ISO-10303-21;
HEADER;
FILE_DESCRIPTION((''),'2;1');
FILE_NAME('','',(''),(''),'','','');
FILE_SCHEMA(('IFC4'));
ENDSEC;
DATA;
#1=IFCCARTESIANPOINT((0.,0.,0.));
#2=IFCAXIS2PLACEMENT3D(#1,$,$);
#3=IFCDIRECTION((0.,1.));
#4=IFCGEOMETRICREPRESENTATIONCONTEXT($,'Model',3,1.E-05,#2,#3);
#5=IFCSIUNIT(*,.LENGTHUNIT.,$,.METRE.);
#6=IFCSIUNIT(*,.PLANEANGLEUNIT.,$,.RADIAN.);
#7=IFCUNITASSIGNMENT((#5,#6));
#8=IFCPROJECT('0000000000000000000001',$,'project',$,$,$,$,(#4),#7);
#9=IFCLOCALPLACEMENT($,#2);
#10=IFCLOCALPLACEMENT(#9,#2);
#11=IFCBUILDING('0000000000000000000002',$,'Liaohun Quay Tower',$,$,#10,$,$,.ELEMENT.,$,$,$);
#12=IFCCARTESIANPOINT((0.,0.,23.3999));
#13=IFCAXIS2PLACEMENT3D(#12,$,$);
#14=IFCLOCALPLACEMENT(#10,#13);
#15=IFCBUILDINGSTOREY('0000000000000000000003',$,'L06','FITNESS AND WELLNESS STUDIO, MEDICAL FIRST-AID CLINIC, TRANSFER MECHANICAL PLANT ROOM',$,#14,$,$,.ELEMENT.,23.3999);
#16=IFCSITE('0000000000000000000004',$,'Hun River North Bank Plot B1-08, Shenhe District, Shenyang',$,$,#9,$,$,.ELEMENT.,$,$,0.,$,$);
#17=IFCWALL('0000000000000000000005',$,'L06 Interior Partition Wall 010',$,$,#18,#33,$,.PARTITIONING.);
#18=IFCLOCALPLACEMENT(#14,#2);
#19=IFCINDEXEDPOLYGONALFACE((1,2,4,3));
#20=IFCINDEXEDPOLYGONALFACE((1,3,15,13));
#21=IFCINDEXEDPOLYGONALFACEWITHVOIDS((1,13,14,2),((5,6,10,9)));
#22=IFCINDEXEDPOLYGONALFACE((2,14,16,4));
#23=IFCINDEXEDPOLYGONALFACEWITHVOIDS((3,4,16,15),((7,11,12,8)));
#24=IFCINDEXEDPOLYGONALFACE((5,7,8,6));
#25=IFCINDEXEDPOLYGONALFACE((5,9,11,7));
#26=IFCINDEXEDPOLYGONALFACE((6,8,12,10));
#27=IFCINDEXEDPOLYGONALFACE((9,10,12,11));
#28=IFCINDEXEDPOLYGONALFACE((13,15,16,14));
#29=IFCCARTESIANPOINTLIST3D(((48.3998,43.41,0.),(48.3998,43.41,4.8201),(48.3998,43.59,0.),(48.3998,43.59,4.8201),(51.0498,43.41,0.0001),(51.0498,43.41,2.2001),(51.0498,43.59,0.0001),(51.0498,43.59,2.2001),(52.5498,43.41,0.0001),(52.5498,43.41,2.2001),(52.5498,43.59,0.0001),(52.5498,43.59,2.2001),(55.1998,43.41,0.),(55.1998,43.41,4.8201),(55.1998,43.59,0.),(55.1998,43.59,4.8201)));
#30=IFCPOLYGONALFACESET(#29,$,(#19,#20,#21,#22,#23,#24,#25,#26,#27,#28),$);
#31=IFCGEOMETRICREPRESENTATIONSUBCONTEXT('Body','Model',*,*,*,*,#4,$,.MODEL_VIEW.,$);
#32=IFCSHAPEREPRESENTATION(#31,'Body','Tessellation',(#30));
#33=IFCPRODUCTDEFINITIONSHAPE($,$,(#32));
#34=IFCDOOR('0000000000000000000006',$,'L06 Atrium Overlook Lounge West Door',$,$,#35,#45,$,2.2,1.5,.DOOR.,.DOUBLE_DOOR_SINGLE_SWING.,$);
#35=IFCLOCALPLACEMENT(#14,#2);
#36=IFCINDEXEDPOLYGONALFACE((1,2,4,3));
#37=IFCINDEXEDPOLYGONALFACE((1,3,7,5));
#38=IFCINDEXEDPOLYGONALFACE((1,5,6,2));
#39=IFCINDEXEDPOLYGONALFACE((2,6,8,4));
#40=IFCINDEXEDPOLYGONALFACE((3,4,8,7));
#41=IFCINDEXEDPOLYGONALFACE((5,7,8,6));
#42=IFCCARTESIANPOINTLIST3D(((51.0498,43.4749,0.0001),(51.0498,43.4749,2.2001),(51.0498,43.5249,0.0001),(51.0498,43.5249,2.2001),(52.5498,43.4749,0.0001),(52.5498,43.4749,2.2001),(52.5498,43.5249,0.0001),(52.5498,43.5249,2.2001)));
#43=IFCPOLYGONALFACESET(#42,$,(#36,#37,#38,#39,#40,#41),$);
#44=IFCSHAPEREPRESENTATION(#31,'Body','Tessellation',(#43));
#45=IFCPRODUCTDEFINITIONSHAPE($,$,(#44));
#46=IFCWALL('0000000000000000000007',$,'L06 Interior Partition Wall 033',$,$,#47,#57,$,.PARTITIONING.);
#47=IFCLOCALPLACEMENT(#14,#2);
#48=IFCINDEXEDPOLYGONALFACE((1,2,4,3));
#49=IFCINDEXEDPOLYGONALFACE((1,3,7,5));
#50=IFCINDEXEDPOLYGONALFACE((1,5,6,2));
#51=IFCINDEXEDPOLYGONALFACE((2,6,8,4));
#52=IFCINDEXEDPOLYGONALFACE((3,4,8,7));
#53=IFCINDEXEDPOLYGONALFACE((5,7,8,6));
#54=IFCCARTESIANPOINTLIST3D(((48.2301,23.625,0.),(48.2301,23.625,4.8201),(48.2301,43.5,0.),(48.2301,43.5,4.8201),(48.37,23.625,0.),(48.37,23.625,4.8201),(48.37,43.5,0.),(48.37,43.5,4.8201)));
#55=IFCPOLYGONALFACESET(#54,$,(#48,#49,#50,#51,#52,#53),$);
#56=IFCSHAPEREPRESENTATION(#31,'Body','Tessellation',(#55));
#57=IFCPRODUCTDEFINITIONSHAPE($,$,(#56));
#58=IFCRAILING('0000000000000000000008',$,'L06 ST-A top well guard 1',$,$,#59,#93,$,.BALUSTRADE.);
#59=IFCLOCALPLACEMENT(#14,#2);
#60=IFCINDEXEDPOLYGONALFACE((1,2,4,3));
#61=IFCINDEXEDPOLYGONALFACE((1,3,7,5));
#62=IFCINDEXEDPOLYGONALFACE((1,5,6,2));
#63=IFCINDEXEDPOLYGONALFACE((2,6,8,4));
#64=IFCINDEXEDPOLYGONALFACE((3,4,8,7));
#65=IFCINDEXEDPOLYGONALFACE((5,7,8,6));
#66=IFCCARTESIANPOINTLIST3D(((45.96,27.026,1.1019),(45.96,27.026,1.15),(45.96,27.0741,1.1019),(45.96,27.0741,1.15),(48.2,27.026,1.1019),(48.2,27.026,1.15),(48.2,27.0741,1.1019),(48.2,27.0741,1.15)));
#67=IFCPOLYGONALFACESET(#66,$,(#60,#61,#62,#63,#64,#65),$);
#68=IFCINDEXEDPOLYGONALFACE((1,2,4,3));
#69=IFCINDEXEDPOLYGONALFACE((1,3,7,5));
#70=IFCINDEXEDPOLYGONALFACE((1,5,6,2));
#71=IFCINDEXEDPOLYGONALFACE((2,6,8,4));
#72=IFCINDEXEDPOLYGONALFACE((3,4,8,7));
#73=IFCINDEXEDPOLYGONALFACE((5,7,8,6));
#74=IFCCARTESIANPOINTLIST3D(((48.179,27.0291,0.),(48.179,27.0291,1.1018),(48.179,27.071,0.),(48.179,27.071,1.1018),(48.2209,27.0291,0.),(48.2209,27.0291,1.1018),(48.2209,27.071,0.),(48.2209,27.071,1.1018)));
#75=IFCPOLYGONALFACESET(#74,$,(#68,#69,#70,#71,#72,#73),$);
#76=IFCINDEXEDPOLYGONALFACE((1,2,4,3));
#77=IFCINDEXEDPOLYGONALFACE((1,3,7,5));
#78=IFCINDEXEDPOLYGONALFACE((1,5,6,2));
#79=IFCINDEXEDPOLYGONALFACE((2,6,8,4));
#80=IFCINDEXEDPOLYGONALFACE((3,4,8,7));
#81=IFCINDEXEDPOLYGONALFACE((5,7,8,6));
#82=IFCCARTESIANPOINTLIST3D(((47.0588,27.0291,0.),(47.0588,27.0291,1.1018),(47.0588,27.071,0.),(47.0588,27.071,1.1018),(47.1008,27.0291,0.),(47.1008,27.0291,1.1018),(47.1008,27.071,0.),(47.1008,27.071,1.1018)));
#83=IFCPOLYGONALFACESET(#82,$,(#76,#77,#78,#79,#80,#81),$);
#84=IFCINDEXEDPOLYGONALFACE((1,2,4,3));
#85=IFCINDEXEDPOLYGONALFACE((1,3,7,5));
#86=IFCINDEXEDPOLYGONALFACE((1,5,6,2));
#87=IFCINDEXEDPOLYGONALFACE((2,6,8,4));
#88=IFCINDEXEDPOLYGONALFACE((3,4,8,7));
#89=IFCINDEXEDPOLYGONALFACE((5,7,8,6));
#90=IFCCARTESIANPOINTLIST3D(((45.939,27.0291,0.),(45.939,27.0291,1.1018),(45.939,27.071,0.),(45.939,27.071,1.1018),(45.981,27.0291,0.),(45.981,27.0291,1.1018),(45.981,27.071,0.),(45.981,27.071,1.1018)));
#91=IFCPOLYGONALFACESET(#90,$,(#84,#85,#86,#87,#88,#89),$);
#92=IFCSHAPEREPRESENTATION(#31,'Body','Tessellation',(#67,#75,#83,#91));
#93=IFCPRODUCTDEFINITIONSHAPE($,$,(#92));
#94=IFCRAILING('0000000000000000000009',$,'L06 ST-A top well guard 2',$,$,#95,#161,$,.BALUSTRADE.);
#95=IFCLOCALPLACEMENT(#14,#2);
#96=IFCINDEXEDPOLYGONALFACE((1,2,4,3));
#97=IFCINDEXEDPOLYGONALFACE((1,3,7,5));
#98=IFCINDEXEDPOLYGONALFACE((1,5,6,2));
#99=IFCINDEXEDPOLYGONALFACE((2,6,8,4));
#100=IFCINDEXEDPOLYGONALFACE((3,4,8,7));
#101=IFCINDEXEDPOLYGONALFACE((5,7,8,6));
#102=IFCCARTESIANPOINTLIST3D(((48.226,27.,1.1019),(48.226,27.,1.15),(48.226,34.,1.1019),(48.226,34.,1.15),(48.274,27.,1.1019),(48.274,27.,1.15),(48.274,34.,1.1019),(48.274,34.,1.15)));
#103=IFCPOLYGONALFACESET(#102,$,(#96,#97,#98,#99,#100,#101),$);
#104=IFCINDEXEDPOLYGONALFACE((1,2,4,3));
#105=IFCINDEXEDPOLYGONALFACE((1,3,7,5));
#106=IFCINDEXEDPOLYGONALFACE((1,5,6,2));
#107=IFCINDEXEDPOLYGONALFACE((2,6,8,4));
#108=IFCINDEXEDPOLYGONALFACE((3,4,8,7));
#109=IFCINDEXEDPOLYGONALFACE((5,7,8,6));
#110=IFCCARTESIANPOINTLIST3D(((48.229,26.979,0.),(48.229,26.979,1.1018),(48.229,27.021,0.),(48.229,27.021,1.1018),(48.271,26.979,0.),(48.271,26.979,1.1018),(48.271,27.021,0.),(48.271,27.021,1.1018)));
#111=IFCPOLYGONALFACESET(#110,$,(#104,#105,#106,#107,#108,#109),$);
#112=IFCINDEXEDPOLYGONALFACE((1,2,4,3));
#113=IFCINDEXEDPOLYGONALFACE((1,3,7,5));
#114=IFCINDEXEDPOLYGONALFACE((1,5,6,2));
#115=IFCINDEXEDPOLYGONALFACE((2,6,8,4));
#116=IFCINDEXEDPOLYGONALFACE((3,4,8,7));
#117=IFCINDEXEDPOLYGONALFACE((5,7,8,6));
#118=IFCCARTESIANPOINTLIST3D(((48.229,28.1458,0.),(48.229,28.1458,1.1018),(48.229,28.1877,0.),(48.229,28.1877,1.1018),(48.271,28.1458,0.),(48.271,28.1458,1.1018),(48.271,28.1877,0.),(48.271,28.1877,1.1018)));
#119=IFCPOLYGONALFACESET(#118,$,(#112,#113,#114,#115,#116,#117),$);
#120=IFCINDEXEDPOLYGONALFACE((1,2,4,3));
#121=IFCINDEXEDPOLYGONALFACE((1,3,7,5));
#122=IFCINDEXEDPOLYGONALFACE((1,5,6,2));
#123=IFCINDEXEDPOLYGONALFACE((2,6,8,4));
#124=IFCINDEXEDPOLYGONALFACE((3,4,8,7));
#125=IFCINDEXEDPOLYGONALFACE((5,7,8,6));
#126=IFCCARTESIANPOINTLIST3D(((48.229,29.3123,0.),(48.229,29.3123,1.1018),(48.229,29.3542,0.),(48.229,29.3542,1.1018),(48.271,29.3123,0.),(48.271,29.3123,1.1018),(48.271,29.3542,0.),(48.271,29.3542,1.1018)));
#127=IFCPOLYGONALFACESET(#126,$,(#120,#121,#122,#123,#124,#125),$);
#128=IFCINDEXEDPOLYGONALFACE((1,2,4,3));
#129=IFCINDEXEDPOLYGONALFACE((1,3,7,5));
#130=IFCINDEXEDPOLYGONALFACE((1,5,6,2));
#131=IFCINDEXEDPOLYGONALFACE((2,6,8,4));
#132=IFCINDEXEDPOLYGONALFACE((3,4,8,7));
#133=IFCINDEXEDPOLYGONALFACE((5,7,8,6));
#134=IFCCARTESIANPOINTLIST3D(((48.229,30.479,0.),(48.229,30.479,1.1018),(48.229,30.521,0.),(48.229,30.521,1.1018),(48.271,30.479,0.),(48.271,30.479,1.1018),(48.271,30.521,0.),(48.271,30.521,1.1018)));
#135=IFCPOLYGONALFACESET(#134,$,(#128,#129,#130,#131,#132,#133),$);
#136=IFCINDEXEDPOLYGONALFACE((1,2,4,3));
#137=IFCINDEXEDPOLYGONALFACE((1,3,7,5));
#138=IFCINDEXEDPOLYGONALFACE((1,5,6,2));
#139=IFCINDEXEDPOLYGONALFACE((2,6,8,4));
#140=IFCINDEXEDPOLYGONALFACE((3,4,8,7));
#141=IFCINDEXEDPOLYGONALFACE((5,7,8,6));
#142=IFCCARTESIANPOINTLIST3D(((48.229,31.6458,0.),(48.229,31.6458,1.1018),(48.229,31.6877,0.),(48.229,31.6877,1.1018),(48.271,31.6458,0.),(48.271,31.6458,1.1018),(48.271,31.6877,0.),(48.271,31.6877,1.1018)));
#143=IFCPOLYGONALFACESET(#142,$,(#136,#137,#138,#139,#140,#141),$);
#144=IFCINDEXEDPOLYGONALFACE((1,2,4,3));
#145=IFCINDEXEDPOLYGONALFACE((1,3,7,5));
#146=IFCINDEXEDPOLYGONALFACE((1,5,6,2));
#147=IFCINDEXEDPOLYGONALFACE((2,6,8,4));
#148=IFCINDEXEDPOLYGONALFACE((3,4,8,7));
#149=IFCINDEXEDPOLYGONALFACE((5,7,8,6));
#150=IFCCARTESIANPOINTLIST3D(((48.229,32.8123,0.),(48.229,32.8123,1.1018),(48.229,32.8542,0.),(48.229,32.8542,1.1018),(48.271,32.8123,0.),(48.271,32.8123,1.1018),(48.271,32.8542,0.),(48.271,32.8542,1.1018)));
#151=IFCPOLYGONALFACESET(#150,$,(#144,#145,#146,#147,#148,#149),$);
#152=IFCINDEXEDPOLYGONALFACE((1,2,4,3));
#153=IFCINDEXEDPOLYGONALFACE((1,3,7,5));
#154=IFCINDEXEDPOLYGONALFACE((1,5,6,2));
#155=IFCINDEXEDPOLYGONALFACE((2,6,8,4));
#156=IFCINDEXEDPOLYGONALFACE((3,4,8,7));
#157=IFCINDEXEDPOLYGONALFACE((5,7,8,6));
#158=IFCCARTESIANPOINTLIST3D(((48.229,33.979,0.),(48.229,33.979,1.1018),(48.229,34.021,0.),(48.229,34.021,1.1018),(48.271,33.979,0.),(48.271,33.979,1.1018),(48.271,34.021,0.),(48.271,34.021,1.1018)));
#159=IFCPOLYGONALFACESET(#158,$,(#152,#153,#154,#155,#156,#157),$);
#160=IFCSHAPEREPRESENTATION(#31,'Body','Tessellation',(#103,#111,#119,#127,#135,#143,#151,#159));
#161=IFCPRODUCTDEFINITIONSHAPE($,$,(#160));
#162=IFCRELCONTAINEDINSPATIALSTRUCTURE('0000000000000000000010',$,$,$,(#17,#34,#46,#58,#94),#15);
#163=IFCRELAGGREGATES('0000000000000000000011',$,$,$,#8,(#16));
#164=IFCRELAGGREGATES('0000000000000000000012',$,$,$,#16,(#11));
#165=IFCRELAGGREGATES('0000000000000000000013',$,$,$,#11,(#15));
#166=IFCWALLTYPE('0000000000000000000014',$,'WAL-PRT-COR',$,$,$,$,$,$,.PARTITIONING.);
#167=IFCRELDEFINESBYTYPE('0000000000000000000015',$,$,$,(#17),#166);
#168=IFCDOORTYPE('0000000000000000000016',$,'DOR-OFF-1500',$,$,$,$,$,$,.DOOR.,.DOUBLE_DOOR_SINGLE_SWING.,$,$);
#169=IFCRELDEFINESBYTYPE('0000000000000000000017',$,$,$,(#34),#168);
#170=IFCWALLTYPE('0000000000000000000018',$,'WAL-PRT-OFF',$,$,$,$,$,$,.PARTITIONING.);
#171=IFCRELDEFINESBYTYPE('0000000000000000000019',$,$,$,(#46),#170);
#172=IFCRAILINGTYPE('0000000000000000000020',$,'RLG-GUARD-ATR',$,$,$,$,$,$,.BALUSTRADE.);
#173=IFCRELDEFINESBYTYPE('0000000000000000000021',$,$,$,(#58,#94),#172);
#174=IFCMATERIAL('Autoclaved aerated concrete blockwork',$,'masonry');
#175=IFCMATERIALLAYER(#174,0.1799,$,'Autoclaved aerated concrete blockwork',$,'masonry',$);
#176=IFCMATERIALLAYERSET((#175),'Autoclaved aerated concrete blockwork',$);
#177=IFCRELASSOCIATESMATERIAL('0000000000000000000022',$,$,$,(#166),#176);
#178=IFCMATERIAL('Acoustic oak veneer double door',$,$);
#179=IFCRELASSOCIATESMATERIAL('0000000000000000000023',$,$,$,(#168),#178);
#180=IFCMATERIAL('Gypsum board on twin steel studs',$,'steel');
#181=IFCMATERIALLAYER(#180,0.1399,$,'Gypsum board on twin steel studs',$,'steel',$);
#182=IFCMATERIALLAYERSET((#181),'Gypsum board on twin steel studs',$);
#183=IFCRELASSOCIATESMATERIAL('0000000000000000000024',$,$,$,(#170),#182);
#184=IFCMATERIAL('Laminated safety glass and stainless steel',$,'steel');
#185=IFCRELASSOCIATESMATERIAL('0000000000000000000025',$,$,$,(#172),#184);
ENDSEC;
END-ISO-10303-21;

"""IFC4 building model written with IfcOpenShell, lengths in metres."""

from ifc_helpers import new_model, si_unit, direction, frame, frame_2d, origin, origin_2d, place, context, subcontext, project, spatial, rectangle, extrude, source, transform, mapped, material, layer, layer_set, type_object, element, fill, save


model = new_model("IFC4")

# Units and contexts
model_context = context("Model", 3, precision=1e-05, world=origin(), true_north=direction((0.0, 1.0)))
body_context = subcontext(model_context, "Body", "Model", "MODEL_VIEW")
ifc_project = project(units=[si_unit("LENGTHUNIT", "METRE"), si_unit("PLANEANGLEUNIT", "RADIAN")], contexts=[model_context])

# Site, building, storey
site_placement = place(None, origin())
site = spatial("IfcSite", under=ifc_project, at=site_placement, Name="Hun River North Bank Plot B1-08, Shenhe District, Shenyang", CompositionType="ELEMENT", RefElevation=0.0)
building_placement = place(site_placement, origin())
building = spatial("IfcBuilding", under=site, at=building_placement, Name="Liaohun Quay Tower", CompositionType="ELEMENT")
storey_placement = place(building_placement, frame((0.0, 0.0, 23.3999)))
storey = spatial("IfcBuildingStorey", under=building, at=storey_placement, Name="L06", Description="FITNESS AND WELLNESS STUDIO, MEDICAL FIRST-AID CLINIC, TRANSFER MECHANICAL PLANT ROOM", CompositionType="ELEMENT", Elevation=23.3999)

# Wall, opening, door
ifc_material_1 = material(Name="Autoclaved aerated concrete blockwork", Category="masonry")
ifc_layer_1 = layer(ifc_material_1, 0.1799, Name="Autoclaved aerated concrete blockwork", Category="masonry")
ifc_layer_set_1 = layer_set([ifc_layer_1], Name="Autoclaved aerated concrete blockwork")
wall_type_1 = type_object("IfcWallType", Name="WAL-PRT-COR", PredefinedType="PARTITIONING", material=ifc_layer_set_1)
wall_1_placement = place(storey_placement, frame((48.3999, 43.5, 0.0), z_axis=(0.0, 0.0, 1.0), x_axis=(1.0, 0.0, 0.0)))
wall_1 = element("IfcWall", 1, at=wall_1_placement, inside=storey, type_object=wall_type_1, Name="L06 Interior Partition Wall 010", PredefinedType="PARTITIONING", context=body_context, shape_type="SweptSolid", body=[
    extrude(rectangle(XDim=6.8, YDim=0.1799, at=frame_2d((3.3999, 0.0))), origin(), (0.0, 0.0, 1.0), 4.8201),
])
shared_shape_1 = source(origin(), body_context, "Body", "SweptSolid", [
    extrude(rectangle(XDim=1.5, YDim=2.2, at=frame_2d((0.75, 1.1001))), frame((0.0, 0.0999, 0.0), z_axis=(0.0, -1.0, 0.0), x_axis=(1.0, 0.0, 0.0)), (0.0, 0.0, 1.0), 0.2),
])
opening_placement = place(wall_1_placement, frame((2.6499, 0.0, 0.0)))
opening = element("IfcOpeningElement", 2, at=opening_placement, cuts=wall_1, PredefinedType="OPENING", context=body_context, shape_type="MappedRepresentation", body=[
    mapped(shared_shape_1, transform((0.0, 0.0, 0.0), x_axis=(1.0, 0.0, 0.0), y_axis=(0.0, 1.0, 0.0), z_axis=(0.0, 0.0, 1.0), scale=1.0)),
])
ifc_material_2 = material(Name="Acoustic oak veneer double door")
door_type = type_object("IfcDoorType", Name="DOR-OFF-1500", OperationType="DOUBLE_DOOR_SINGLE_SWING", PredefinedType="DOOR", material=ifc_material_2)
shared_shape_2 = source(origin(), body_context, "Body", "SweptSolid", [
    extrude(rectangle(XDim=1.5, YDim=2.2, at=frame_2d((0.75, 1.1001))), frame((0.0, 0.0249, 0.0), z_axis=(0.0, -1.0, 0.0), x_axis=(1.0, 0.0, 0.0)), (0.0, 0.0, 1.0), 0.05),
])
door_placement = place(opening_placement, origin())
door = element("IfcDoor", 3, at=door_placement, inside=storey, type_object=door_type, Name="L06 Atrium Overlook Lounge West Door", OperationType="DOUBLE_DOOR_SINGLE_SWING", OverallHeight=2.2, OverallWidth=1.5, PredefinedType="DOOR", context=body_context, shape_type="MappedRepresentation", body=[
    mapped(shared_shape_2, transform((0.0, 0.0, 0.0), x_axis=(1.0, 0.0, 0.0), y_axis=(0.0, 1.0, 0.0), z_axis=(0.0, 0.0, 1.0), scale=1.0)),
])
fill(opening, door)

# Wall
ifc_material_3 = material(Name="Gypsum board on twin steel studs", Category="steel")
ifc_layer_2 = layer(ifc_material_3, 0.1399, Name="Gypsum board on twin steel studs", Category="steel")
ifc_layer_set_2 = layer_set([ifc_layer_2], Name="Gypsum board on twin steel studs")
wall_type_2 = type_object("IfcWallType", Name="WAL-PRT-OFF", PredefinedType="PARTITIONING", material=ifc_layer_set_2)
wall_2_placement = place(storey_placement, frame((48.3, 23.625, 0.0), z_axis=(0.0, 0.0, 1.0), x_axis=(0.0, 1.0, 0.0)))
element("IfcWall", 4, at=wall_2_placement, inside=storey, type_object=wall_type_2, Name="L06 Interior Partition Wall 033", PredefinedType="PARTITIONING", context=body_context, shape_type="SweptSolid", body=[
    extrude(rectangle(XDim=19.875, YDim=0.1399, at=frame_2d((9.9375, 0.0))), origin(), (0.0, 0.0, 1.0), 4.8201),
])

# Railings
ifc_material_4 = material(Name="Laminated safety glass and stainless steel", Category="steel")
railing_type = type_object("IfcRailingType", Name="RLG-GUARD-ATR", PredefinedType="BALUSTRADE", material=ifc_material_4)
railing_1_placement = place(storey_placement, frame((48.2, 27.05, 0.0)))
element("IfcRailing", 5, at=railing_1_placement, inside=storey, type_object=railing_type, Name="L06 ST-A top well guard 1", PredefinedType="BALUSTRADE", context=body_context, shape_type="SweptSolid", body=[
    extrude(rectangle(XDim=0.0481, YDim=0.0481, at=origin_2d()), frame((0.0, 0.0, 1.126), z_axis=(-1.0, 0.0, 0.0), x_axis=(0.0, -1.0, 0.0)), (0.0, 0.0, 1.0), 2.24),
    extrude(rectangle(XDim=0.042, YDim=0.042, at=origin_2d()), origin(), (0.0, 0.0, 1.0), 1.1018),
    extrude(rectangle(XDim=0.042, YDim=0.042, at=origin_2d()), frame((-1.1201, 0.0, 0.0)), (0.0, 0.0, 1.0), 1.1018),
    extrude(rectangle(XDim=0.042, YDim=0.042, at=origin_2d()), frame((-2.24, 0.0, 0.0)), (0.0, 0.0, 1.0), 1.1018),
])
for number, where, name in (
    (6, (48.25, 27.0, 0.0), "L06 ST-A top well guard 2"),
):
    element("IfcRailing", number, at=place(storey_placement, frame(where)), inside=storey, type_object=railing_type, Name=name, PredefinedType="BALUSTRADE", context=body_context, shape_type="SweptSolid", body=[
        extrude(rectangle(XDim=0.0481, YDim=0.0481, at=origin_2d()), frame((0.0, 0.0, 1.126), z_axis=(0.0, 1.0, 0.0), x_axis=(-1.0, 0.0, 0.0)), (0.0, 0.0, 1.0), 7.0),
        extrude(rectangle(XDim=0.042, YDim=0.042, at=origin_2d()), origin(), (0.0, 0.0, 1.0), 1.1018),
        extrude(rectangle(XDim=0.042, YDim=0.042, at=origin_2d()), frame((0.0, 1.1667, 0.0)), (0.0, 0.0, 1.0), 1.1018),
        extrude(rectangle(XDim=0.042, YDim=0.042, at=origin_2d()), frame((0.0, 2.3333, 0.0)), (0.0, 0.0, 1.0), 1.1018),
        extrude(rectangle(XDim=0.042, YDim=0.042, at=origin_2d()), frame((0.0, 3.5, 0.0)), (0.0, 0.0, 1.0), 1.1018),
        extrude(rectangle(XDim=0.042, YDim=0.042, at=origin_2d()), frame((0.0, 4.6667, 0.0)), (0.0, 0.0, 1.0), 1.1018),
        extrude(rectangle(XDim=0.042, YDim=0.042, at=origin_2d()), frame((0.0, 5.8333, 0.0)), (0.0, 0.0, 1.0), 1.1018),
        extrude(rectangle(XDim=0.042, YDim=0.042, at=origin_2d()), frame((0.0, 7.0, 0.0)), (0.0, 0.0, 1.0), 1.1018),
    ])

save(model, "model.ifc")
